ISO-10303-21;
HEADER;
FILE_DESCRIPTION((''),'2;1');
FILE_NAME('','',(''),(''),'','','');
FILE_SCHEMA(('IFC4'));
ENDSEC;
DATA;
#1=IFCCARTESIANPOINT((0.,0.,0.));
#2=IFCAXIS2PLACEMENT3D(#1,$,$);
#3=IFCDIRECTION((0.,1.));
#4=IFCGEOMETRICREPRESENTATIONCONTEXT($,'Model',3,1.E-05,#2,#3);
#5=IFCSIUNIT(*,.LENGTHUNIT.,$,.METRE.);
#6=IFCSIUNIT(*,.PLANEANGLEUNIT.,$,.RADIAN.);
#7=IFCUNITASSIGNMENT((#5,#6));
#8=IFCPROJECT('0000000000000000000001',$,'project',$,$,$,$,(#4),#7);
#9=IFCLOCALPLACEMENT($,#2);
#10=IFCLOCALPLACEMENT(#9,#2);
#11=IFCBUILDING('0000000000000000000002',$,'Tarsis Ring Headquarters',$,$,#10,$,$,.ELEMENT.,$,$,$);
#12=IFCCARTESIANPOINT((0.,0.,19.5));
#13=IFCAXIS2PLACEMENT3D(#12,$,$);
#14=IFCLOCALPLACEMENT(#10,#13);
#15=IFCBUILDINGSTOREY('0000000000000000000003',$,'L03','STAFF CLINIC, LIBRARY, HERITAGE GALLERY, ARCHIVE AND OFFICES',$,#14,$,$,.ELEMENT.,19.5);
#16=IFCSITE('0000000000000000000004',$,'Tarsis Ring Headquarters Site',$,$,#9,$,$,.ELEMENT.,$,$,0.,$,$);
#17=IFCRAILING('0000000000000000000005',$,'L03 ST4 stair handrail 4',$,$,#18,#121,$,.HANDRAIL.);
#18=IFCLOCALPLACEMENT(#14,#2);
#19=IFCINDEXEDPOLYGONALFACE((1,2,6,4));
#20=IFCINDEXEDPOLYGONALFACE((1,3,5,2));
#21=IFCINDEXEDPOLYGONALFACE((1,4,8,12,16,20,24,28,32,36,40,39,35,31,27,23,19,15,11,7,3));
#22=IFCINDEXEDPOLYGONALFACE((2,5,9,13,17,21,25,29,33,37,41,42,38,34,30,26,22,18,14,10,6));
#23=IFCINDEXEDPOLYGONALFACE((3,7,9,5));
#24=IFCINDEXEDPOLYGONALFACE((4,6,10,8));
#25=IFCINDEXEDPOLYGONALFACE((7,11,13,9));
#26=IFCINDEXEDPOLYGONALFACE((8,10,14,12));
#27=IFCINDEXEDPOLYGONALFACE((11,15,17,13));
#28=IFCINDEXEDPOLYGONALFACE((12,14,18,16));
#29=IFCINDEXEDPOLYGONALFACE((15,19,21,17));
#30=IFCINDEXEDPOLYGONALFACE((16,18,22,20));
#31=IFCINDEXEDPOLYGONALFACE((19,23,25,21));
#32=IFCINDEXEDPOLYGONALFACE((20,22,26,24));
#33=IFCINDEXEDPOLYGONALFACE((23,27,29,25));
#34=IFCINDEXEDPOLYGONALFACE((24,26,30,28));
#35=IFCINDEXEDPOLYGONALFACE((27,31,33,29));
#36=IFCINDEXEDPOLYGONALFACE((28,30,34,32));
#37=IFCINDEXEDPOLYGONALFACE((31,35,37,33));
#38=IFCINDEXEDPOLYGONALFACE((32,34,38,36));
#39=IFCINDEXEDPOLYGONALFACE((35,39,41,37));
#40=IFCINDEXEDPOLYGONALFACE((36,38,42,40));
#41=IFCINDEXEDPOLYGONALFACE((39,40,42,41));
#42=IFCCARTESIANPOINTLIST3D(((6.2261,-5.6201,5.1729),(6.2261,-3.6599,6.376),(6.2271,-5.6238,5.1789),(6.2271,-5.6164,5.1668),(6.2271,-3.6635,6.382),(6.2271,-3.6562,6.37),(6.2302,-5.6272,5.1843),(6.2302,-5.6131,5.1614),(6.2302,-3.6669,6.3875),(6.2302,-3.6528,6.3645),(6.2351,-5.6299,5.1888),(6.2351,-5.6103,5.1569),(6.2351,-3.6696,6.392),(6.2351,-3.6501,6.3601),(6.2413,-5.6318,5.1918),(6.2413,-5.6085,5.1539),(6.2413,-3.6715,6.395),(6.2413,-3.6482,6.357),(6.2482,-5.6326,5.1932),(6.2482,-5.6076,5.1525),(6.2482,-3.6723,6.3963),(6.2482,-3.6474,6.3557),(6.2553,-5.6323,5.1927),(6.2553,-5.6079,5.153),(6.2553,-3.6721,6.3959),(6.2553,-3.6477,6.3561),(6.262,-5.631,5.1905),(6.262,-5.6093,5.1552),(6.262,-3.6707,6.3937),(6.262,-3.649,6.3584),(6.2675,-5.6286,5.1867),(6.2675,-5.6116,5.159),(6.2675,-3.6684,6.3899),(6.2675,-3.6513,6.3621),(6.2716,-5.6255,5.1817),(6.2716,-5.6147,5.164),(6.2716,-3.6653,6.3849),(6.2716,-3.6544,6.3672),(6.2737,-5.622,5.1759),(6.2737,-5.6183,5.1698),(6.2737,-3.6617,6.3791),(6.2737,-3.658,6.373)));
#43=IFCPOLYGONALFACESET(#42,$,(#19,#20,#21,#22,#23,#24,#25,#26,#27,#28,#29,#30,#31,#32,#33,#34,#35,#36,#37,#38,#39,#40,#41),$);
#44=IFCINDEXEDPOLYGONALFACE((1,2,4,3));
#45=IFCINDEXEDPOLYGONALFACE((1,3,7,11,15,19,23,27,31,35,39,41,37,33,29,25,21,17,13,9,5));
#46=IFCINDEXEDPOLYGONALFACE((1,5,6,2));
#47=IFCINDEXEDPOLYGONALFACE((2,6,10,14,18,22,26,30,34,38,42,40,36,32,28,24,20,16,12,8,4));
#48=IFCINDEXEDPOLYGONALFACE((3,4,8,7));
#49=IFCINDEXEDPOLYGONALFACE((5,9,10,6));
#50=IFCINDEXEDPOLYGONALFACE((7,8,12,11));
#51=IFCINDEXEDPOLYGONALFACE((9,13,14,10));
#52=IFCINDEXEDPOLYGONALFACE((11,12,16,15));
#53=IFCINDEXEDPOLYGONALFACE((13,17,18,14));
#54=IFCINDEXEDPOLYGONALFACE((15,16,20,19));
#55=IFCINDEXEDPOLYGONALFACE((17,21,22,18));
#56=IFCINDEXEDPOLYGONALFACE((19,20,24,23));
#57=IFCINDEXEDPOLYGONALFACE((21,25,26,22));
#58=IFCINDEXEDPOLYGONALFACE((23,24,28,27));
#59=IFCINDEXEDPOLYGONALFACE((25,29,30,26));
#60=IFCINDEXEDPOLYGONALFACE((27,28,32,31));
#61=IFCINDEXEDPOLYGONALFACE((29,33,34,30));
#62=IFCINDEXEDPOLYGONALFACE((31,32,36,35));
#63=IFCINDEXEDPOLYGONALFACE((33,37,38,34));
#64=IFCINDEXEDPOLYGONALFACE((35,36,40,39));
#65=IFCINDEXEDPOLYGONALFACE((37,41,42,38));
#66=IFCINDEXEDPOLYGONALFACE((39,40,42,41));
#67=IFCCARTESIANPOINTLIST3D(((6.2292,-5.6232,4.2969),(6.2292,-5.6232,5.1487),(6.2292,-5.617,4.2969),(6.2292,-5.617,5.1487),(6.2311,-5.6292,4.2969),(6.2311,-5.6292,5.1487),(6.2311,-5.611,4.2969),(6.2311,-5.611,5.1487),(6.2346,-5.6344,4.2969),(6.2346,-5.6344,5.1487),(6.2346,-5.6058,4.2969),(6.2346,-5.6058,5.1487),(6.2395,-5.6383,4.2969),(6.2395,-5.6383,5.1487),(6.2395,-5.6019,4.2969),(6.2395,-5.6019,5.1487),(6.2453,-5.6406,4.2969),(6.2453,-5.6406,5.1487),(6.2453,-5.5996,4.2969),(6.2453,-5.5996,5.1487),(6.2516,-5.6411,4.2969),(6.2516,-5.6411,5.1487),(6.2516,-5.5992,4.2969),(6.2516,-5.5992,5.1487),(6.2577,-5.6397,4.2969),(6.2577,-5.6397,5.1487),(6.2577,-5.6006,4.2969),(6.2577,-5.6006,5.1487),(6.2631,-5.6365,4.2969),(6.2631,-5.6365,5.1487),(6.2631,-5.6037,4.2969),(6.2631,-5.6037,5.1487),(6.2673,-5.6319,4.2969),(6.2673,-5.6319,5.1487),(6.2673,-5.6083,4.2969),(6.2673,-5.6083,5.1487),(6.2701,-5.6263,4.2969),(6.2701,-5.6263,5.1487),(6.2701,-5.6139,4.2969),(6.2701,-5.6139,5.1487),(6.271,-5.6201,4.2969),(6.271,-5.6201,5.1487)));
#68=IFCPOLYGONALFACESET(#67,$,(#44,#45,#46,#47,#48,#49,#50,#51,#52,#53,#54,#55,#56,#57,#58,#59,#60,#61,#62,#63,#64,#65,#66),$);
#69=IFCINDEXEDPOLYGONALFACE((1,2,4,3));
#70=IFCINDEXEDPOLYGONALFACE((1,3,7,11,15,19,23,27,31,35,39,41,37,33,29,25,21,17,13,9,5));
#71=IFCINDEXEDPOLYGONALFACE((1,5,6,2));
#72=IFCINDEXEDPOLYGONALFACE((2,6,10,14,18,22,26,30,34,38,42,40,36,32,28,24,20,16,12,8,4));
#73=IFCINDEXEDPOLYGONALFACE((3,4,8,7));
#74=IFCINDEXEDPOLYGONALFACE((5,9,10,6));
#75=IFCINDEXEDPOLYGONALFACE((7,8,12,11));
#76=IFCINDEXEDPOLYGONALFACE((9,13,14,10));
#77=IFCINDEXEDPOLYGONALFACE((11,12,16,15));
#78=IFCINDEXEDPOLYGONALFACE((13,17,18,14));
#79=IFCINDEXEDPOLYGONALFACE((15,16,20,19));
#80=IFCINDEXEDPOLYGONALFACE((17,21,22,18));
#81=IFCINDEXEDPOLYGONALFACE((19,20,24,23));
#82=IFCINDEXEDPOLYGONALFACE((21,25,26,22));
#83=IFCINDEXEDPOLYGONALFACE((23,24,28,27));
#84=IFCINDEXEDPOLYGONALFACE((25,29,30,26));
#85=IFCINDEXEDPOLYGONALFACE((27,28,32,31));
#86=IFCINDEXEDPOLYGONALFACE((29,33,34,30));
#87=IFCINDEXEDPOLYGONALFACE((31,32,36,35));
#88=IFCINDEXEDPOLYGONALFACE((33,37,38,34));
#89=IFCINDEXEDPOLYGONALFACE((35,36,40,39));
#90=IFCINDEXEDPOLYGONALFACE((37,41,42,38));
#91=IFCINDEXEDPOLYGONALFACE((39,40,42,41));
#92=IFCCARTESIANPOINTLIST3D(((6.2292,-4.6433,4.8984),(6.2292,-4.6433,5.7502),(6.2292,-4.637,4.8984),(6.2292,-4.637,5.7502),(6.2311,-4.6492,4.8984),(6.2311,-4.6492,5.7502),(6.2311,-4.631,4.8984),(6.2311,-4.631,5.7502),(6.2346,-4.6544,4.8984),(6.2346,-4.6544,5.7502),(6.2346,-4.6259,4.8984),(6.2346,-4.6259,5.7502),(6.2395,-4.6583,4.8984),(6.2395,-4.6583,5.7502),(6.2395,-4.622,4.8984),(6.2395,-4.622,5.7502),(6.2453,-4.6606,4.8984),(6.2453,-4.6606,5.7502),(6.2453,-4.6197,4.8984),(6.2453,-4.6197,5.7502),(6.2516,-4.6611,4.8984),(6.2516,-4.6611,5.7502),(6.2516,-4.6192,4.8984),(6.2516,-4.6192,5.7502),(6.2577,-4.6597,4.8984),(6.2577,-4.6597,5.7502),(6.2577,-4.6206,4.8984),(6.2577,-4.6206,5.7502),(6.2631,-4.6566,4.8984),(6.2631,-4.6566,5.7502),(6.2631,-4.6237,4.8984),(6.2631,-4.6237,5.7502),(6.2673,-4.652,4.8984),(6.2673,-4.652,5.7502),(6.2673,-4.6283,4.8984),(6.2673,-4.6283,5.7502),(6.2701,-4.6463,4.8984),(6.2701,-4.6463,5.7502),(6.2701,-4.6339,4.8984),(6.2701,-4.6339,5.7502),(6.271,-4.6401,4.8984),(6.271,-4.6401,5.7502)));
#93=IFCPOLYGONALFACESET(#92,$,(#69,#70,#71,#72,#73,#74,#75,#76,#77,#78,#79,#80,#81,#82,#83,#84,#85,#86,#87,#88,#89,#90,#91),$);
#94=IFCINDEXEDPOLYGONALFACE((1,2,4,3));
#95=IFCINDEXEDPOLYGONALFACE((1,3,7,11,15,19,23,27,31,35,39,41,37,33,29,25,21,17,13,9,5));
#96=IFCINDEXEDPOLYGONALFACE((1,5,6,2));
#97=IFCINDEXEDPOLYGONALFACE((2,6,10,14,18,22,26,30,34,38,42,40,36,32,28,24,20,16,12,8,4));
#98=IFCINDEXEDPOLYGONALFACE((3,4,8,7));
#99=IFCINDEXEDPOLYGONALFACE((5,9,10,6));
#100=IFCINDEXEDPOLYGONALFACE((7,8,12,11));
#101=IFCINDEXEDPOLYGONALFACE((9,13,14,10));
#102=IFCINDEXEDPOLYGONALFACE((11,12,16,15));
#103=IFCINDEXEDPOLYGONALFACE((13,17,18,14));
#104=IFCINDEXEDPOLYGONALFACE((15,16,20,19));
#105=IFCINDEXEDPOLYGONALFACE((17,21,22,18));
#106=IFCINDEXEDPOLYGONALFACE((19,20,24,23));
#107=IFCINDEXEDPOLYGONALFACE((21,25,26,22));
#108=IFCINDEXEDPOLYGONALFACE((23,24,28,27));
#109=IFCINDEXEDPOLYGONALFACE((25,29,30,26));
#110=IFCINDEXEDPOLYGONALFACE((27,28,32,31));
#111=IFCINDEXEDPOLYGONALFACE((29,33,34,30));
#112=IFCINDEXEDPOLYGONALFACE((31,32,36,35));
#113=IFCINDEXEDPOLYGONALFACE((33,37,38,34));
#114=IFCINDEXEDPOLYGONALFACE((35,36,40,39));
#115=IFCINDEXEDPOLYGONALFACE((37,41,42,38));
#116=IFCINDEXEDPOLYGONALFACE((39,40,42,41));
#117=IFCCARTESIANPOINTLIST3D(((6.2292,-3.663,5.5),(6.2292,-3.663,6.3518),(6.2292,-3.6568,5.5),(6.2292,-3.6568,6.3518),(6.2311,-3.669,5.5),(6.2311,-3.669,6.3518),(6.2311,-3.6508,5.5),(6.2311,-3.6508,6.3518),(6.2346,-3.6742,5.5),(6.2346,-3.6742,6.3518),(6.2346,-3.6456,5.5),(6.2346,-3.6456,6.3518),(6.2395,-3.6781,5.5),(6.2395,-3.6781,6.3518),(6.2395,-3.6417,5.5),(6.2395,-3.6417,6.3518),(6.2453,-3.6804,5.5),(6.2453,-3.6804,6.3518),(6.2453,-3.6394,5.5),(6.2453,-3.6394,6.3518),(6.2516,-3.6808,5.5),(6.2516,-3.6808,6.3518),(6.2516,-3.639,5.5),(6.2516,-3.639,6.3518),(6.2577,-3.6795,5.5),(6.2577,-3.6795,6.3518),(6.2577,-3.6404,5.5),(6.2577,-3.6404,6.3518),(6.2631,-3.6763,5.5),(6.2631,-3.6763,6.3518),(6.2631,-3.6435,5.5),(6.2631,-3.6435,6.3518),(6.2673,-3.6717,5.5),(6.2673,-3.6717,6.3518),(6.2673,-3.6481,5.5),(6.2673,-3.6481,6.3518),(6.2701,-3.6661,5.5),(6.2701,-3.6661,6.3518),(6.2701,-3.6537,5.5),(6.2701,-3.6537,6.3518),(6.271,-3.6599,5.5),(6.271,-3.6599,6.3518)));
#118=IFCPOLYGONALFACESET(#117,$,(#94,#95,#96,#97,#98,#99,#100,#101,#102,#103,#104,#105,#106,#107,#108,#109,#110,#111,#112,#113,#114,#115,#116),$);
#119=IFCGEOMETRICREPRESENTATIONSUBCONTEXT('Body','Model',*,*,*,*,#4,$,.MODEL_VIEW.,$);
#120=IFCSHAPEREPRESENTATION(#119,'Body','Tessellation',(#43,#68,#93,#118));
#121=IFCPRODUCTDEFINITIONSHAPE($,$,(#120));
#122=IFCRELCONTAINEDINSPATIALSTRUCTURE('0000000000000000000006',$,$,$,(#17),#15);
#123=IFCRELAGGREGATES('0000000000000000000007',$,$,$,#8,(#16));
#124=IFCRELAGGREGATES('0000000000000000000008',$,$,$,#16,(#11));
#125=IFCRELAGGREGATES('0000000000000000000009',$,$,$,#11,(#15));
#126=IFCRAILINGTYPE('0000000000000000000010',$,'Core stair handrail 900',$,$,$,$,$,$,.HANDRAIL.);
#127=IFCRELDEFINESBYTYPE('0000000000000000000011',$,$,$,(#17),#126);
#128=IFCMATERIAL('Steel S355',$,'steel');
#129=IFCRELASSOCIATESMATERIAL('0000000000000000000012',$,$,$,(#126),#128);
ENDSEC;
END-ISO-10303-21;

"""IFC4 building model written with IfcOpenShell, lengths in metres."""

from ifc_helpers import new_model, si_unit, direction, frame, origin, origin_2d, place, context, subcontext, project, spatial, circle, extrude, material, type_object, element, save


model = new_model("IFC4")

# Units and contexts
model_context = context("Model", 3, precision=1e-05, world=origin(), true_north=direction((0.0, 1.0)))
body_context = subcontext(model_context, "Body", "Model", "MODEL_VIEW")
ifc_project = project(units=[si_unit("LENGTHUNIT", "METRE"), si_unit("PLANEANGLEUNIT", "RADIAN")], contexts=[model_context])

# Site, building, storey
site_placement = place(None, origin())
site = spatial("IfcSite", under=ifc_project, at=site_placement, Name="Tarsis Ring Headquarters Site", CompositionType="ELEMENT", RefElevation=0.0)
building_placement = place(site_placement, origin())
building = spatial("IfcBuilding", under=site, at=building_placement, Name="Tarsis Ring Headquarters", CompositionType="ELEMENT")
storey_placement = place(building_placement, frame((0.0, 0.0, 19.5)))
storey = spatial("IfcBuildingStorey", under=building, at=storey_placement, Name="L03", Description="STAFF CLINIC, LIBRARY, HERITAGE GALLERY, ARCHIVE AND OFFICES", CompositionType="ELEMENT", Elevation=19.5)

# Railing
ifc_material_1 = material(Name="Steel S355", Category="steel")
railing_type_1 = type_object("IfcRailingType", Name="Core stair handrail 900", PredefinedType="HANDRAIL", material=ifc_material_1)
railing_1_placement = place(storey_placement, frame((6.25, -5.6201, 4.2969)))
element("IfcRailing", 1, at=railing_1_placement, inside=storey, type_object=railing_type_1, Name="L03 ST4 stair handrail 4", PredefinedType="HANDRAIL", context=body_context, shape_type="SweptSolid", body=[
    extrude(circle(Radius=0.0239, at=origin_2d()), frame((0.0, 0.0, 0.876), z_axis=(0.0, 0.85227, 0.523102), x_axis=(-1.0, 0.0, 0.0)), (0.0, 0.0, 1.0), 2.3),
    extrude(circle(Radius=0.021, at=origin_2d()), origin(), (0.0, 0.0, 1.0), 0.8518),
    extrude(circle(Radius=0.021, at=origin_2d()), frame((0.0, 0.98, 0.6016)), (0.0, 0.0, 1.0), 0.8518),
    extrude(circle(Radius=0.021, at=origin_2d()), frame((0.0, 1.9602, 1.2031)), (0.0, 0.0, 1.0), 0.8518),
])

save(model, "model.ifc")
